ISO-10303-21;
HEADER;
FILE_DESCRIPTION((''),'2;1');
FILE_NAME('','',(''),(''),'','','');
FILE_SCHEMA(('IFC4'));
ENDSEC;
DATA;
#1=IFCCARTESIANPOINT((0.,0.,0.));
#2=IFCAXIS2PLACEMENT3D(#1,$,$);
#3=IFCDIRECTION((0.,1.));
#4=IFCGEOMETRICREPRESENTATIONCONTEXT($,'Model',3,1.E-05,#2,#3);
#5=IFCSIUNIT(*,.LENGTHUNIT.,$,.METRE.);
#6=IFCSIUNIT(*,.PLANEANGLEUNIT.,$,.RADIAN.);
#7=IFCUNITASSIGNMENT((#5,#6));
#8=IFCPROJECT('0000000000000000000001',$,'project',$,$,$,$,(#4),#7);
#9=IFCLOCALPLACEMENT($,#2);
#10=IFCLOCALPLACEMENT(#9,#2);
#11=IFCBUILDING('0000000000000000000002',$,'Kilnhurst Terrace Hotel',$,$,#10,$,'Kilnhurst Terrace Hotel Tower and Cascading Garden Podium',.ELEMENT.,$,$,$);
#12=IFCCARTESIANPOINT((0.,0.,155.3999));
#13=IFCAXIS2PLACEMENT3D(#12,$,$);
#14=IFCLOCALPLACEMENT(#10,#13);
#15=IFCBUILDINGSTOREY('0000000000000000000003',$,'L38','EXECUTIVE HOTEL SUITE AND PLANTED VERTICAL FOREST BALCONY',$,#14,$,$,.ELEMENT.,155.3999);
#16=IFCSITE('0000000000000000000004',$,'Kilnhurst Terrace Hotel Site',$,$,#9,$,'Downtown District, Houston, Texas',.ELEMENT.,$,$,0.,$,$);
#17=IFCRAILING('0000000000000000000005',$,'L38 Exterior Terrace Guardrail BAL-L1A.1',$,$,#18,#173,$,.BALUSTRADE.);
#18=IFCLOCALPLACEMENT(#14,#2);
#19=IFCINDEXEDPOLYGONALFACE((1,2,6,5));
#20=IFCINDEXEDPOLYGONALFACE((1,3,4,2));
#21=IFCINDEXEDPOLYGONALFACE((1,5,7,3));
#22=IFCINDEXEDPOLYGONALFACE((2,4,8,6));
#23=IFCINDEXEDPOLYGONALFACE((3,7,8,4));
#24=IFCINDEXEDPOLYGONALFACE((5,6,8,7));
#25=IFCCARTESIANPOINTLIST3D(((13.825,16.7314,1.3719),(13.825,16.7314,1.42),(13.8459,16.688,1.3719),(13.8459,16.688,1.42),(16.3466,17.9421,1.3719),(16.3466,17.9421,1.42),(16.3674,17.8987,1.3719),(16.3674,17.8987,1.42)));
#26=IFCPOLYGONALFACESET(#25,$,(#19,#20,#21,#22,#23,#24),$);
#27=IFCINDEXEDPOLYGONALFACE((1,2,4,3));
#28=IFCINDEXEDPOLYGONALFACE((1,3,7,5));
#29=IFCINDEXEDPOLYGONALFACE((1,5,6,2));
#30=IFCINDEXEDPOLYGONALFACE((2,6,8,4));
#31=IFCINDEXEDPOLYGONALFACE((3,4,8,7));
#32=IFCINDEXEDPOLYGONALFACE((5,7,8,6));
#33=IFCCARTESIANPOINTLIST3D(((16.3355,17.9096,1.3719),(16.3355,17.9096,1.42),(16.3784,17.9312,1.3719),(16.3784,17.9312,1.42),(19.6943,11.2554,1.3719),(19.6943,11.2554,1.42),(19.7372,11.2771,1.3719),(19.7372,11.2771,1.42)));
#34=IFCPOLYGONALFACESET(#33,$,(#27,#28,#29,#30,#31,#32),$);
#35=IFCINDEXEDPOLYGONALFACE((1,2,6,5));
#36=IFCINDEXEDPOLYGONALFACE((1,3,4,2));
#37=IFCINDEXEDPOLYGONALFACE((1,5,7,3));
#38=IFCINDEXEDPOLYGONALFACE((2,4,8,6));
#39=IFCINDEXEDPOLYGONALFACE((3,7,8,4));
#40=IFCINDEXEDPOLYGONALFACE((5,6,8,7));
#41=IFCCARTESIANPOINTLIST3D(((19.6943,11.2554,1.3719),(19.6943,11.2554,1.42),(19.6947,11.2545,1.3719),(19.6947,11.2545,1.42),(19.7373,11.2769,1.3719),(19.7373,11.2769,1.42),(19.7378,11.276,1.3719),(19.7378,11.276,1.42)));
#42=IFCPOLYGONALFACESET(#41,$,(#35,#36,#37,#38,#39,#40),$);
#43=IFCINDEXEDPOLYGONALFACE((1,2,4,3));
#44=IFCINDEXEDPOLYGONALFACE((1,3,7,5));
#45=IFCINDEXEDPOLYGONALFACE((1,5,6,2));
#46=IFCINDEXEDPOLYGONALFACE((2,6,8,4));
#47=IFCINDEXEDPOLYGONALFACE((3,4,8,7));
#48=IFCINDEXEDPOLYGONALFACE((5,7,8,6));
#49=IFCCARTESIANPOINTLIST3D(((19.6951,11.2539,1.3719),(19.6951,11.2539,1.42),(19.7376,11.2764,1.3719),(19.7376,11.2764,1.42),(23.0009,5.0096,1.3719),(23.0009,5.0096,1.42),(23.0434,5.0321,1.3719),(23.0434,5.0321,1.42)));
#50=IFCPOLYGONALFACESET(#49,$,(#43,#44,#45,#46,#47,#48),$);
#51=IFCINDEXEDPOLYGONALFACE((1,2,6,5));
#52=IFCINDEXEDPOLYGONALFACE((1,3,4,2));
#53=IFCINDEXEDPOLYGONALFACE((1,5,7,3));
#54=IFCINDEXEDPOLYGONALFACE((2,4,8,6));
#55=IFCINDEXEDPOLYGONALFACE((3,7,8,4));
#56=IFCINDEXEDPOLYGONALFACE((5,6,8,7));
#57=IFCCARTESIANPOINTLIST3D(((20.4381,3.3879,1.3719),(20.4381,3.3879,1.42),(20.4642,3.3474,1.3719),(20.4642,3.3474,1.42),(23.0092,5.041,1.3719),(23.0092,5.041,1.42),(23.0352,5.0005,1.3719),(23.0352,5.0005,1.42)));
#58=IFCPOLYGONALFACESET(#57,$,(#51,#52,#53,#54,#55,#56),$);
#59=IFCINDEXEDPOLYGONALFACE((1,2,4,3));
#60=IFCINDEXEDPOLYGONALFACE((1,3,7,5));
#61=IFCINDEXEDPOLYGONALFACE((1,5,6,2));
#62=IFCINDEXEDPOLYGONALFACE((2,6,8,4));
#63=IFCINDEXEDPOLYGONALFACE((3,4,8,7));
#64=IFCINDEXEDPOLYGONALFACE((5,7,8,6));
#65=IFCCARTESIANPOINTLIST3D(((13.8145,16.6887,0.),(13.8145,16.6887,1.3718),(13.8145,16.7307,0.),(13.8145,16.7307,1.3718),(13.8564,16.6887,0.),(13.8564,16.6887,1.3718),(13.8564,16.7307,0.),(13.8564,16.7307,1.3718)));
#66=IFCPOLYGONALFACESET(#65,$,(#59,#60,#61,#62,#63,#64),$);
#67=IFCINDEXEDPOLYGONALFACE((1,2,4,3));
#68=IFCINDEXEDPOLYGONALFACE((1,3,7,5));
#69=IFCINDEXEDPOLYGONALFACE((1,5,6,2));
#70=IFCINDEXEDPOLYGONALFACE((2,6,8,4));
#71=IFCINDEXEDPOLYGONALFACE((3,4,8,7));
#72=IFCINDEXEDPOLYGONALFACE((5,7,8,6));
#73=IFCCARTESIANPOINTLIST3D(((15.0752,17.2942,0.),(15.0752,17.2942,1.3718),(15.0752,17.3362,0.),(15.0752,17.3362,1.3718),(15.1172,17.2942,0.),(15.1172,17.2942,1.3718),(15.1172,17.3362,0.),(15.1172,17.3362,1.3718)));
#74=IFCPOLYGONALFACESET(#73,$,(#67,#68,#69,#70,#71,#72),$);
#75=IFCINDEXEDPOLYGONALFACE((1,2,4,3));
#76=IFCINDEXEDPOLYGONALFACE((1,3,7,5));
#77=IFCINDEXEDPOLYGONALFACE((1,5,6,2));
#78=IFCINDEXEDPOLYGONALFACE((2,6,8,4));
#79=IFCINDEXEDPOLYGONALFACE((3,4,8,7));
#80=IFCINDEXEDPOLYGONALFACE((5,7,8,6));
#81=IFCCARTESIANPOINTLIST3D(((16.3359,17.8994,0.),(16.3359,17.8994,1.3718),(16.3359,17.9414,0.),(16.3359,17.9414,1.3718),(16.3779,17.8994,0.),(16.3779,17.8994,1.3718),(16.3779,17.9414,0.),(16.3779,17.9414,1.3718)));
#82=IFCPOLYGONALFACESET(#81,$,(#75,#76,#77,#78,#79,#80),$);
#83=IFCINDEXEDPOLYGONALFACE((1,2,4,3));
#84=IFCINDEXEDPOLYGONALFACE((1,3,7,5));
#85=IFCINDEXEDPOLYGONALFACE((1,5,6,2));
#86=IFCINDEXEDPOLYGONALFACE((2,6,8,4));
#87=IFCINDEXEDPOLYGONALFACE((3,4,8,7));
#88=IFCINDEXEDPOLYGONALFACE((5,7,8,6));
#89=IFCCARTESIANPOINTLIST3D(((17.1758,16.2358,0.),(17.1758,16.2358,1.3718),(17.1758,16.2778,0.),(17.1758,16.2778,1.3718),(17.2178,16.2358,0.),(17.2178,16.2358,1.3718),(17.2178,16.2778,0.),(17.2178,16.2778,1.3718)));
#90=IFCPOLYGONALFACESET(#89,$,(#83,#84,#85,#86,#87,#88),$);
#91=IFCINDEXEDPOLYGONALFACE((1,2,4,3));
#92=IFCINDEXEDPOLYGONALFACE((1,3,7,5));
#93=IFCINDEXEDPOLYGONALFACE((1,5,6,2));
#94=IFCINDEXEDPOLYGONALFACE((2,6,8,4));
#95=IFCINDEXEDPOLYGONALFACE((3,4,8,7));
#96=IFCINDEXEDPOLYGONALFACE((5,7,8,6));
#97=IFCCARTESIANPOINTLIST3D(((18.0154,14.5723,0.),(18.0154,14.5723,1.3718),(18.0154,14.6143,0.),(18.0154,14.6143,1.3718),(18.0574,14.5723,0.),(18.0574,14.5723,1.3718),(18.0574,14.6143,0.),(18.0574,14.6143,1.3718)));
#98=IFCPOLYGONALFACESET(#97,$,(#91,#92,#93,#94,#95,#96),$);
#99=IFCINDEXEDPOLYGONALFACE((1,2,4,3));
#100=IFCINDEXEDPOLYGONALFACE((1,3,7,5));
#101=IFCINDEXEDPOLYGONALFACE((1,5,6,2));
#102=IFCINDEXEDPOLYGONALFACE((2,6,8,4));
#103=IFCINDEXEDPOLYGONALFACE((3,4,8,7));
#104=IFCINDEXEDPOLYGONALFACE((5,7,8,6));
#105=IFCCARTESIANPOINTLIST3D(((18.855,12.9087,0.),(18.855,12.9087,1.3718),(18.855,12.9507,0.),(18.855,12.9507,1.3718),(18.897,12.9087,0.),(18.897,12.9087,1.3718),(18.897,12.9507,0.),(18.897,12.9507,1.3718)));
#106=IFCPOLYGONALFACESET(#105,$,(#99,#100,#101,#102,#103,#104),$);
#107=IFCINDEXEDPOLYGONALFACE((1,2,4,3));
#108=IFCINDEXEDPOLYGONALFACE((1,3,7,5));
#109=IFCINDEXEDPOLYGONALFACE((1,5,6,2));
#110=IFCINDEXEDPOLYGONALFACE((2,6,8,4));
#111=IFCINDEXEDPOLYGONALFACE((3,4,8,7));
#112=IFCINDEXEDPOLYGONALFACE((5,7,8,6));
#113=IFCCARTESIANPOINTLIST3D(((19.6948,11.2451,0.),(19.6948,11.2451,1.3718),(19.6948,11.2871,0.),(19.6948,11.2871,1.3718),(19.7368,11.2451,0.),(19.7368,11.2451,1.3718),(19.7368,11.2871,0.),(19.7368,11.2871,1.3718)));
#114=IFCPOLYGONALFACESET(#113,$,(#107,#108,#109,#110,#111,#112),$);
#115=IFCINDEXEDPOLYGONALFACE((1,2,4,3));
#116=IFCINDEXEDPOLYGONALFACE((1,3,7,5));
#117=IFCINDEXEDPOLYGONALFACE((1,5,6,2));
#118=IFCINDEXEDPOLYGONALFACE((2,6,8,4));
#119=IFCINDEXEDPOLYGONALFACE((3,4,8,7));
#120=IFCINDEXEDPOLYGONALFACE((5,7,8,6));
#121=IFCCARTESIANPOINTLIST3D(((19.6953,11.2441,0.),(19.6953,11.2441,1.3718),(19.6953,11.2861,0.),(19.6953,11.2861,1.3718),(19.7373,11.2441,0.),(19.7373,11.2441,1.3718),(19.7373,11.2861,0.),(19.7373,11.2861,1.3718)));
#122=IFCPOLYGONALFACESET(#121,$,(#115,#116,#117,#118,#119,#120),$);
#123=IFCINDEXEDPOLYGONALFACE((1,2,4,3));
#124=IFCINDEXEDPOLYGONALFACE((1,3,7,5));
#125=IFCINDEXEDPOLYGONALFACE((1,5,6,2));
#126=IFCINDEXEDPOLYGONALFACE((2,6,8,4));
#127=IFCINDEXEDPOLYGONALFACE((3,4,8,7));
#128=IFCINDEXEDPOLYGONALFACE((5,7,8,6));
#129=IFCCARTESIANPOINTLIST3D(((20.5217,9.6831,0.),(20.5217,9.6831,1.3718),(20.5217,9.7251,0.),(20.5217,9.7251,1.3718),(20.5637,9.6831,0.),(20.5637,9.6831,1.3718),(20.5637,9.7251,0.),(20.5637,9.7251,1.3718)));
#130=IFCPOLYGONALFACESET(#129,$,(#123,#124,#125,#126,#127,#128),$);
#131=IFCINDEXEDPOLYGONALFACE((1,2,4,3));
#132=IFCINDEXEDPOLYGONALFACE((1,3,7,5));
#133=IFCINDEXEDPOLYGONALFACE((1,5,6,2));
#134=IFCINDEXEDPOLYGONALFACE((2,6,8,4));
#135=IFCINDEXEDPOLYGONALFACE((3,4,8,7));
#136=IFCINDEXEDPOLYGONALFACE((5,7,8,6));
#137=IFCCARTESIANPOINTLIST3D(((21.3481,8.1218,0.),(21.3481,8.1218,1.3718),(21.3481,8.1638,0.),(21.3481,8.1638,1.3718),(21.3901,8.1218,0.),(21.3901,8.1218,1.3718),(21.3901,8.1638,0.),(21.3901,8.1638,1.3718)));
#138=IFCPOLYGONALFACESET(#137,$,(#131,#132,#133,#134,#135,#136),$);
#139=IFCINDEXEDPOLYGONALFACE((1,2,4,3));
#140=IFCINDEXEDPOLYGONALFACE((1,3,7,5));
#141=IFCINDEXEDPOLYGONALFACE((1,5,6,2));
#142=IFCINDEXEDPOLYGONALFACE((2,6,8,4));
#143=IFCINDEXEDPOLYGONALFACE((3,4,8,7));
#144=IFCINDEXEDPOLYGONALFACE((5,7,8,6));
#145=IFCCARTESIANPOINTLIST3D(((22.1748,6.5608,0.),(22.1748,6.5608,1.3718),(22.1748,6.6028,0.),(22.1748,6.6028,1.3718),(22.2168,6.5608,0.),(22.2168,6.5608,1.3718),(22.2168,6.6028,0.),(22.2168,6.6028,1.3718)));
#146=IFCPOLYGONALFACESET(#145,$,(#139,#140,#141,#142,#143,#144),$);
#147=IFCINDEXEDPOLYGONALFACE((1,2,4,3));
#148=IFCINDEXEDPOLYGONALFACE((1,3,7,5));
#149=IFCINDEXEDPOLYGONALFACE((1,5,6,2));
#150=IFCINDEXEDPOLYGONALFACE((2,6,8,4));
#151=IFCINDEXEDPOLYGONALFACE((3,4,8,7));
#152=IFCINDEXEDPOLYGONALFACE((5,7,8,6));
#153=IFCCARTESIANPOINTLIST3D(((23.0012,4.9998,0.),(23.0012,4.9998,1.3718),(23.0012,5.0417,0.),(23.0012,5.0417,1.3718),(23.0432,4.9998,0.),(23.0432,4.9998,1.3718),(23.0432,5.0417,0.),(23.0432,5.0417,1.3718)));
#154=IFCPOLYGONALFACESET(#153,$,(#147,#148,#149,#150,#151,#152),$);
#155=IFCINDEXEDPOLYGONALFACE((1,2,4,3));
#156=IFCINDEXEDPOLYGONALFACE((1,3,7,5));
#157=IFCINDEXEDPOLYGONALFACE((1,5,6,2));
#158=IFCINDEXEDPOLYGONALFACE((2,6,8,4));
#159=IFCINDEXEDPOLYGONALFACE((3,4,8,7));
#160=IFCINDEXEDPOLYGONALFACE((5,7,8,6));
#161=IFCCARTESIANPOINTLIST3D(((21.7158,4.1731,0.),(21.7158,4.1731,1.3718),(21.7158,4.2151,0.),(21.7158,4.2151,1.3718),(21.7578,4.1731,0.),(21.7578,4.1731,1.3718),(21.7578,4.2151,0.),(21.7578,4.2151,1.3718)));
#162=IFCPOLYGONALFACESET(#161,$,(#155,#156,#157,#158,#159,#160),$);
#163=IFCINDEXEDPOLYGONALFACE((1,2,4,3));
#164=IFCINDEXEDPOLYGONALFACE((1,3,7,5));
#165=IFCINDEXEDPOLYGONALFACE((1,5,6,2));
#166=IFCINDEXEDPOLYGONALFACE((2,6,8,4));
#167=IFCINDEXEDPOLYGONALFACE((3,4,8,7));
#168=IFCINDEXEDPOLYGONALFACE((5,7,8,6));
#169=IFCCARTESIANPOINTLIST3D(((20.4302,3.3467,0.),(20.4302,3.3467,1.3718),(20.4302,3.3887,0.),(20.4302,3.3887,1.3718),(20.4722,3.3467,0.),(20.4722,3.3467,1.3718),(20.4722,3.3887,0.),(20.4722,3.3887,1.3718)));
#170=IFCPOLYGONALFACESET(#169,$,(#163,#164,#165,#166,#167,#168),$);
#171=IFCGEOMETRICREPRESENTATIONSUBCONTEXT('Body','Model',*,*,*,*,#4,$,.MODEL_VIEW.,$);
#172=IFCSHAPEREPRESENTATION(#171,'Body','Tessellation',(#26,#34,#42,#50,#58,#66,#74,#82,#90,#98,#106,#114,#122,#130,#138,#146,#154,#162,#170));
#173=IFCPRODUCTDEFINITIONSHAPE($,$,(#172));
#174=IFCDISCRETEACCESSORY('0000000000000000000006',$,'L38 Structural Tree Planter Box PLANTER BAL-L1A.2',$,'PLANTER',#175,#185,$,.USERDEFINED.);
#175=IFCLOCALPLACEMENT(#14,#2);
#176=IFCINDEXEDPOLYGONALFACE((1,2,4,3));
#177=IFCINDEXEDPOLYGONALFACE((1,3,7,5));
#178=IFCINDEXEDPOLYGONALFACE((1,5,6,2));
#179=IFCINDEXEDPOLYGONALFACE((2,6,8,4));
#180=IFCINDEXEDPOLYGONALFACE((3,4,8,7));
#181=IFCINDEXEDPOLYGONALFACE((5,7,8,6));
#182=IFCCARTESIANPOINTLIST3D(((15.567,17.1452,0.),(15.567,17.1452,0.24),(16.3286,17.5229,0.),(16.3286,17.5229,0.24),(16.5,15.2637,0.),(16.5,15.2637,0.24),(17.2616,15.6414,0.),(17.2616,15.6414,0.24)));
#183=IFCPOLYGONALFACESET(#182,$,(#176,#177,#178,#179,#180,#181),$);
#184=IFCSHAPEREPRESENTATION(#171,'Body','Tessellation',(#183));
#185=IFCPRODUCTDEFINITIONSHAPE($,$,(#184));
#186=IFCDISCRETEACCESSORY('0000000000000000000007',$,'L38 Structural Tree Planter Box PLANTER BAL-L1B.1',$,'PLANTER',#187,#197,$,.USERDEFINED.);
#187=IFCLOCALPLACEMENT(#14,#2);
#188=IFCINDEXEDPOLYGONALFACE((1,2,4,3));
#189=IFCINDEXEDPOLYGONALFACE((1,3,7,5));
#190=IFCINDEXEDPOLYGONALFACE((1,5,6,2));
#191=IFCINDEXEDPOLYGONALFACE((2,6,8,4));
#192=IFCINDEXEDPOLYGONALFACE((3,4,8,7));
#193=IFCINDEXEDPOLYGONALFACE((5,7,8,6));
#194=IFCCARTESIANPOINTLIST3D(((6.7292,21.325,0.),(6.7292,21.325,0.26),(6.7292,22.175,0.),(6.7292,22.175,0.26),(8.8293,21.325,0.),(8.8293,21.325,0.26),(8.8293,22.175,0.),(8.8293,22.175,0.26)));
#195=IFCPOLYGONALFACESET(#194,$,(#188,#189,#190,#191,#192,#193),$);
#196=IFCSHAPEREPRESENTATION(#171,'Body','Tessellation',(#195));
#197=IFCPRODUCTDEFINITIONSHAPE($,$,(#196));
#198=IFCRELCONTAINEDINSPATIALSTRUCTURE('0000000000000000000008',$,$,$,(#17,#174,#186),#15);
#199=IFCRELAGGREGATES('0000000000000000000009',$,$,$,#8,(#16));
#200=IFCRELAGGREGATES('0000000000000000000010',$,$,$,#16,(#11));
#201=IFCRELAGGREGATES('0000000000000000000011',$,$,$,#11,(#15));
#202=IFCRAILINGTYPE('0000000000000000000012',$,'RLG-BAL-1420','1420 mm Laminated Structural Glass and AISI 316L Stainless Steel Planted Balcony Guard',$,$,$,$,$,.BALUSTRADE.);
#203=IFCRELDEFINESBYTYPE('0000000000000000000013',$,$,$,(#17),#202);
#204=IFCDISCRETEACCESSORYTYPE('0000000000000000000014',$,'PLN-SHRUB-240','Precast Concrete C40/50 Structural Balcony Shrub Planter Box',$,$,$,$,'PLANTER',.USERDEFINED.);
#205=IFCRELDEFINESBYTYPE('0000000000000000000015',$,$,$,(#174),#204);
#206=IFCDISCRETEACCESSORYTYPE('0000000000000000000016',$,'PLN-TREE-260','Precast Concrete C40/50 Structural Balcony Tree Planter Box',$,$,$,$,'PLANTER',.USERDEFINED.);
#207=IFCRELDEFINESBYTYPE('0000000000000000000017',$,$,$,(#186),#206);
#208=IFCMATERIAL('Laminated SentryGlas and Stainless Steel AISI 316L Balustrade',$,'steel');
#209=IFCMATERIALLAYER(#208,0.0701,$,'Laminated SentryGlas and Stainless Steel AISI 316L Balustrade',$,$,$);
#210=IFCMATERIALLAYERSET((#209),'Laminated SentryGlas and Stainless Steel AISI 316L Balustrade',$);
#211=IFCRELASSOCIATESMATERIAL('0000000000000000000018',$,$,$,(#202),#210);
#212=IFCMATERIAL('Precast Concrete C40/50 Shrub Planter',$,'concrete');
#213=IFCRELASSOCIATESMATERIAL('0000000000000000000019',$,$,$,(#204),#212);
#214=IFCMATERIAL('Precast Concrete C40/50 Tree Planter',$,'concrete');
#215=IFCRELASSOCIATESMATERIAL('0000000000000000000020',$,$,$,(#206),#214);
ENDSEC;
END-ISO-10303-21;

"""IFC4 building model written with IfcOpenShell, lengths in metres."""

from ifc_helpers import new_model, si_unit, direction, frame, origin, origin_2d, place, context, subcontext, project, spatial, rectangle, extrude, material, layer, layer_set, type_object, element, save


model = new_model("IFC4")

# Units and contexts
model_context = context("Model", 3, precision=1e-05, world=origin(), true_north=direction((0.0, 1.0)))
body_context = subcontext(model_context, "Body", "Model", "MODEL_VIEW")
ifc_project = project(units=[si_unit("LENGTHUNIT", "METRE"), si_unit("PLANEANGLEUNIT", "RADIAN")], contexts=[model_context])

# Site, building, storey
site_placement = place(None, origin())
site = spatial("IfcSite", under=ifc_project, at=site_placement, Name="Kilnhurst Terrace Hotel Site", LongName="Downtown District, Houston, Texas", CompositionType="ELEMENT", RefElevation=0.0)
building_placement = place(site_placement, origin())
building = spatial("IfcBuilding", under=site, at=building_placement, Name="Kilnhurst Terrace Hotel", LongName="Kilnhurst Terrace Hotel Tower and Cascading Garden Podium", CompositionType="ELEMENT")
storey_placement = place(building_placement, frame((0.0, 0.0, 155.3999)))
storey = spatial("IfcBuildingStorey", under=building, at=storey_placement, Name="L38", Description="EXECUTIVE HOTEL SUITE AND PLANTED VERTICAL FOREST BALCONY", CompositionType="ELEMENT", Elevation=155.3999)

# Railing
ifc_material_1 = material(Name="Laminated SentryGlas and Stainless Steel AISI 316L Balustrade", Category="steel")
ifc_layer_1 = layer(ifc_material_1, 0.0701, Name="Laminated SentryGlas and Stainless Steel AISI 316L Balustrade")
ifc_layer_set_1 = layer_set([ifc_layer_1], Name="Laminated SentryGlas and Stainless Steel AISI 316L Balustrade")
railing_type = type_object("IfcRailingType", Name="RLG-BAL-1420", Description="1420 mm Laminated Structural Glass and AISI 316L Stainless Steel Planted Balcony Guard", PredefinedType="BALUSTRADE", material=ifc_layer_set_1)
railing_placement = place(storey_placement, frame((13.8354, 16.7097, 0.0)))
element("IfcRailing", 1, at=railing_placement, inside=storey, type_object=railing_type, Name="L38 Exterior Terrace Guardrail BAL-L1A.1", PredefinedType="BALUSTRADE", context=body_context, shape_type="SweptSolid", body=[
    extrude(rectangle(XDim=0.0481, YDim=0.0481, at=origin_2d()), frame((0.0, 0.0, 1.396), z_axis=(0.90147, 0.432842, 0.0), x_axis=(-0.432842, 0.90147, 0.0)), (0.0, 0.0, 1.0), 2.7971),
    extrude(rectangle(XDim=0.0481, YDim=0.0481, at=origin_2d()), frame((2.5215, 1.2107, 1.396), z_axis=(0.450617, -0.892718, 0.0), x_axis=(0.892718, 0.450617, 0.0)), (0.0, 0.0, 1.0), 7.4539),
    extrude(rectangle(XDim=0.0481, YDim=0.0481, at=origin_2d()), frame((5.8804, -5.4436, 1.396), z_axis=(0.447214, -0.894427, 0.0), x_axis=(0.894427, 0.447214, 0.0)), (0.0, 0.0, 1.0), 0.001),
    extrude(rectangle(XDim=0.0481, YDim=0.0481, at=origin_2d()), frame((5.8809, -5.4446, 1.396), z_axis=(0.467894, -0.883785, 0.0), x_axis=(0.883785, 0.467894, 0.0)), (0.0, 0.0, 1.0), 7.0654),
    extrude(rectangle(XDim=0.0481, YDim=0.0481, at=origin_2d()), frame((9.1868, -11.689, 1.396), z_axis=(-0.84114, -0.540818, 0.0), x_axis=(0.540818, -0.84114, 0.0)), (0.0, 0.0, 1.0), 3.0566),
    extrude(rectangle(XDim=0.042, YDim=0.042, at=origin_2d()), origin(), (0.0, 0.0, 1.0), 1.3718),
    extrude(rectangle(XDim=0.042, YDim=0.042, at=origin_2d()), frame((1.2607, 0.6055, 0.0)), (0.0, 0.0, 1.0), 1.3718),
    extrude(rectangle(XDim=0.042, YDim=0.042, at=origin_2d()), frame((2.5215, 1.2107, 0.0)), (0.0, 0.0, 1.0), 1.3718),
    extrude(rectangle(XDim=0.042, YDim=0.042, at=origin_2d()), frame((3.3613, -0.4529, 0.0)), (0.0, 0.0, 1.0), 1.3718),
    extrude(rectangle(XDim=0.042, YDim=0.042, at=origin_2d()), frame((4.2009, -2.1165, 0.0)), (0.0, 0.0, 1.0), 1.3718),
    extrude(rectangle(XDim=0.042, YDim=0.042, at=origin_2d()), frame((5.0405, -3.78, 0.0)), (0.0, 0.0, 1.0), 1.3718),
    extrude(rectangle(XDim=0.042, YDim=0.042, at=origin_2d()), frame((5.8804, -5.4436, 0.0)), (0.0, 0.0, 1.0), 1.3718),
    extrude(rectangle(XDim=0.042, YDim=0.042, at=origin_2d()), frame((5.8809, -5.4446, 0.0)), (0.0, 0.0, 1.0), 1.3718),
    extrude(rectangle(XDim=0.042, YDim=0.042, at=origin_2d()), frame((6.7073, -7.0056, 0.0)), (0.0, 0.0, 1.0), 1.3718),
    extrude(rectangle(XDim=0.042, YDim=0.042, at=origin_2d()), frame((7.5337, -8.5669, 0.0)), (0.0, 0.0, 1.0), 1.3718),
    extrude(rectangle(XDim=0.042, YDim=0.042, at=origin_2d()), frame((8.3604, -10.1279, 0.0)), (0.0, 0.0, 1.0), 1.3718),
    extrude(rectangle(XDim=0.042, YDim=0.042, at=origin_2d()), frame((9.1868, -11.689, 0.0)), (0.0, 0.0, 1.0), 1.3718),
    extrude(rectangle(XDim=0.042, YDim=0.042, at=origin_2d()), frame((7.9014, -12.5156, 0.0)), (0.0, 0.0, 1.0), 1.3718),
    extrude(rectangle(XDim=0.042, YDim=0.042, at=origin_2d()), frame((6.6157, -13.342, 0.0)), (0.0, 0.0, 1.0), 1.3718),
])

# Discrete accessories
ifc_material_2 = material(Name="Precast Concrete C40/50 Shrub Planter", Category="concrete")
discrete_accessory_type_1 = type_object("IfcDiscreteAccessoryType", Name="PLN-SHRUB-240", Description="Precast Concrete C40/50 Structural Balcony Shrub Planter Box", ElementType="PLANTER", PredefinedType="USERDEFINED", material=ifc_material_2)
discrete_accessory_1_placement = place(storey_placement, frame((16.4143, 16.3933, 0.0), z_axis=(0.0, 0.0, 1.0), x_axis=(-0.444244, 0.895906, 0.0)))
element("IfcDiscreteAccessory", 2, at=discrete_accessory_1_placement, inside=storey, type_object=discrete_accessory_type_1, Name="L38 Structural Tree Planter Box PLANTER BAL-L1A.2", ObjectType="PLANTER", PredefinedType="USERDEFINED", context=body_context, shape_type="SweptSolid", body=[
    extrude(rectangle(XDim=2.1001, YDim=0.8501, at=origin_2d()), origin(), (0.0, 0.0, 1.0), 0.24),
])
ifc_material_3 = material(Name="Precast Concrete C40/50 Tree Planter", Category="concrete")
discrete_accessory_type_2 = type_object("IfcDiscreteAccessoryType", Name="PLN-TREE-260", Description="Precast Concrete C40/50 Structural Balcony Tree Planter Box", ElementType="PLANTER", PredefinedType="USERDEFINED", material=ifc_material_3)
discrete_accessory_2_placement = place(storey_placement, frame((7.7793, 21.75, 0.0), z_axis=(0.0, 0.0, 1.0), x_axis=(-1.0, 0.0, 0.0)))
element("IfcDiscreteAccessory", 3, at=discrete_accessory_2_placement, inside=storey, type_object=discrete_accessory_type_2, Name="L38 Structural Tree Planter Box PLANTER BAL-L1B.1", ObjectType="PLANTER", PredefinedType="USERDEFINED", context=body_context, shape_type="SweptSolid", body=[
    extrude(rectangle(XDim=2.1001, YDim=0.8501, at=origin_2d()), origin(), (0.0, 0.0, 1.0), 0.26),
])

save(model, "model.ifc")
